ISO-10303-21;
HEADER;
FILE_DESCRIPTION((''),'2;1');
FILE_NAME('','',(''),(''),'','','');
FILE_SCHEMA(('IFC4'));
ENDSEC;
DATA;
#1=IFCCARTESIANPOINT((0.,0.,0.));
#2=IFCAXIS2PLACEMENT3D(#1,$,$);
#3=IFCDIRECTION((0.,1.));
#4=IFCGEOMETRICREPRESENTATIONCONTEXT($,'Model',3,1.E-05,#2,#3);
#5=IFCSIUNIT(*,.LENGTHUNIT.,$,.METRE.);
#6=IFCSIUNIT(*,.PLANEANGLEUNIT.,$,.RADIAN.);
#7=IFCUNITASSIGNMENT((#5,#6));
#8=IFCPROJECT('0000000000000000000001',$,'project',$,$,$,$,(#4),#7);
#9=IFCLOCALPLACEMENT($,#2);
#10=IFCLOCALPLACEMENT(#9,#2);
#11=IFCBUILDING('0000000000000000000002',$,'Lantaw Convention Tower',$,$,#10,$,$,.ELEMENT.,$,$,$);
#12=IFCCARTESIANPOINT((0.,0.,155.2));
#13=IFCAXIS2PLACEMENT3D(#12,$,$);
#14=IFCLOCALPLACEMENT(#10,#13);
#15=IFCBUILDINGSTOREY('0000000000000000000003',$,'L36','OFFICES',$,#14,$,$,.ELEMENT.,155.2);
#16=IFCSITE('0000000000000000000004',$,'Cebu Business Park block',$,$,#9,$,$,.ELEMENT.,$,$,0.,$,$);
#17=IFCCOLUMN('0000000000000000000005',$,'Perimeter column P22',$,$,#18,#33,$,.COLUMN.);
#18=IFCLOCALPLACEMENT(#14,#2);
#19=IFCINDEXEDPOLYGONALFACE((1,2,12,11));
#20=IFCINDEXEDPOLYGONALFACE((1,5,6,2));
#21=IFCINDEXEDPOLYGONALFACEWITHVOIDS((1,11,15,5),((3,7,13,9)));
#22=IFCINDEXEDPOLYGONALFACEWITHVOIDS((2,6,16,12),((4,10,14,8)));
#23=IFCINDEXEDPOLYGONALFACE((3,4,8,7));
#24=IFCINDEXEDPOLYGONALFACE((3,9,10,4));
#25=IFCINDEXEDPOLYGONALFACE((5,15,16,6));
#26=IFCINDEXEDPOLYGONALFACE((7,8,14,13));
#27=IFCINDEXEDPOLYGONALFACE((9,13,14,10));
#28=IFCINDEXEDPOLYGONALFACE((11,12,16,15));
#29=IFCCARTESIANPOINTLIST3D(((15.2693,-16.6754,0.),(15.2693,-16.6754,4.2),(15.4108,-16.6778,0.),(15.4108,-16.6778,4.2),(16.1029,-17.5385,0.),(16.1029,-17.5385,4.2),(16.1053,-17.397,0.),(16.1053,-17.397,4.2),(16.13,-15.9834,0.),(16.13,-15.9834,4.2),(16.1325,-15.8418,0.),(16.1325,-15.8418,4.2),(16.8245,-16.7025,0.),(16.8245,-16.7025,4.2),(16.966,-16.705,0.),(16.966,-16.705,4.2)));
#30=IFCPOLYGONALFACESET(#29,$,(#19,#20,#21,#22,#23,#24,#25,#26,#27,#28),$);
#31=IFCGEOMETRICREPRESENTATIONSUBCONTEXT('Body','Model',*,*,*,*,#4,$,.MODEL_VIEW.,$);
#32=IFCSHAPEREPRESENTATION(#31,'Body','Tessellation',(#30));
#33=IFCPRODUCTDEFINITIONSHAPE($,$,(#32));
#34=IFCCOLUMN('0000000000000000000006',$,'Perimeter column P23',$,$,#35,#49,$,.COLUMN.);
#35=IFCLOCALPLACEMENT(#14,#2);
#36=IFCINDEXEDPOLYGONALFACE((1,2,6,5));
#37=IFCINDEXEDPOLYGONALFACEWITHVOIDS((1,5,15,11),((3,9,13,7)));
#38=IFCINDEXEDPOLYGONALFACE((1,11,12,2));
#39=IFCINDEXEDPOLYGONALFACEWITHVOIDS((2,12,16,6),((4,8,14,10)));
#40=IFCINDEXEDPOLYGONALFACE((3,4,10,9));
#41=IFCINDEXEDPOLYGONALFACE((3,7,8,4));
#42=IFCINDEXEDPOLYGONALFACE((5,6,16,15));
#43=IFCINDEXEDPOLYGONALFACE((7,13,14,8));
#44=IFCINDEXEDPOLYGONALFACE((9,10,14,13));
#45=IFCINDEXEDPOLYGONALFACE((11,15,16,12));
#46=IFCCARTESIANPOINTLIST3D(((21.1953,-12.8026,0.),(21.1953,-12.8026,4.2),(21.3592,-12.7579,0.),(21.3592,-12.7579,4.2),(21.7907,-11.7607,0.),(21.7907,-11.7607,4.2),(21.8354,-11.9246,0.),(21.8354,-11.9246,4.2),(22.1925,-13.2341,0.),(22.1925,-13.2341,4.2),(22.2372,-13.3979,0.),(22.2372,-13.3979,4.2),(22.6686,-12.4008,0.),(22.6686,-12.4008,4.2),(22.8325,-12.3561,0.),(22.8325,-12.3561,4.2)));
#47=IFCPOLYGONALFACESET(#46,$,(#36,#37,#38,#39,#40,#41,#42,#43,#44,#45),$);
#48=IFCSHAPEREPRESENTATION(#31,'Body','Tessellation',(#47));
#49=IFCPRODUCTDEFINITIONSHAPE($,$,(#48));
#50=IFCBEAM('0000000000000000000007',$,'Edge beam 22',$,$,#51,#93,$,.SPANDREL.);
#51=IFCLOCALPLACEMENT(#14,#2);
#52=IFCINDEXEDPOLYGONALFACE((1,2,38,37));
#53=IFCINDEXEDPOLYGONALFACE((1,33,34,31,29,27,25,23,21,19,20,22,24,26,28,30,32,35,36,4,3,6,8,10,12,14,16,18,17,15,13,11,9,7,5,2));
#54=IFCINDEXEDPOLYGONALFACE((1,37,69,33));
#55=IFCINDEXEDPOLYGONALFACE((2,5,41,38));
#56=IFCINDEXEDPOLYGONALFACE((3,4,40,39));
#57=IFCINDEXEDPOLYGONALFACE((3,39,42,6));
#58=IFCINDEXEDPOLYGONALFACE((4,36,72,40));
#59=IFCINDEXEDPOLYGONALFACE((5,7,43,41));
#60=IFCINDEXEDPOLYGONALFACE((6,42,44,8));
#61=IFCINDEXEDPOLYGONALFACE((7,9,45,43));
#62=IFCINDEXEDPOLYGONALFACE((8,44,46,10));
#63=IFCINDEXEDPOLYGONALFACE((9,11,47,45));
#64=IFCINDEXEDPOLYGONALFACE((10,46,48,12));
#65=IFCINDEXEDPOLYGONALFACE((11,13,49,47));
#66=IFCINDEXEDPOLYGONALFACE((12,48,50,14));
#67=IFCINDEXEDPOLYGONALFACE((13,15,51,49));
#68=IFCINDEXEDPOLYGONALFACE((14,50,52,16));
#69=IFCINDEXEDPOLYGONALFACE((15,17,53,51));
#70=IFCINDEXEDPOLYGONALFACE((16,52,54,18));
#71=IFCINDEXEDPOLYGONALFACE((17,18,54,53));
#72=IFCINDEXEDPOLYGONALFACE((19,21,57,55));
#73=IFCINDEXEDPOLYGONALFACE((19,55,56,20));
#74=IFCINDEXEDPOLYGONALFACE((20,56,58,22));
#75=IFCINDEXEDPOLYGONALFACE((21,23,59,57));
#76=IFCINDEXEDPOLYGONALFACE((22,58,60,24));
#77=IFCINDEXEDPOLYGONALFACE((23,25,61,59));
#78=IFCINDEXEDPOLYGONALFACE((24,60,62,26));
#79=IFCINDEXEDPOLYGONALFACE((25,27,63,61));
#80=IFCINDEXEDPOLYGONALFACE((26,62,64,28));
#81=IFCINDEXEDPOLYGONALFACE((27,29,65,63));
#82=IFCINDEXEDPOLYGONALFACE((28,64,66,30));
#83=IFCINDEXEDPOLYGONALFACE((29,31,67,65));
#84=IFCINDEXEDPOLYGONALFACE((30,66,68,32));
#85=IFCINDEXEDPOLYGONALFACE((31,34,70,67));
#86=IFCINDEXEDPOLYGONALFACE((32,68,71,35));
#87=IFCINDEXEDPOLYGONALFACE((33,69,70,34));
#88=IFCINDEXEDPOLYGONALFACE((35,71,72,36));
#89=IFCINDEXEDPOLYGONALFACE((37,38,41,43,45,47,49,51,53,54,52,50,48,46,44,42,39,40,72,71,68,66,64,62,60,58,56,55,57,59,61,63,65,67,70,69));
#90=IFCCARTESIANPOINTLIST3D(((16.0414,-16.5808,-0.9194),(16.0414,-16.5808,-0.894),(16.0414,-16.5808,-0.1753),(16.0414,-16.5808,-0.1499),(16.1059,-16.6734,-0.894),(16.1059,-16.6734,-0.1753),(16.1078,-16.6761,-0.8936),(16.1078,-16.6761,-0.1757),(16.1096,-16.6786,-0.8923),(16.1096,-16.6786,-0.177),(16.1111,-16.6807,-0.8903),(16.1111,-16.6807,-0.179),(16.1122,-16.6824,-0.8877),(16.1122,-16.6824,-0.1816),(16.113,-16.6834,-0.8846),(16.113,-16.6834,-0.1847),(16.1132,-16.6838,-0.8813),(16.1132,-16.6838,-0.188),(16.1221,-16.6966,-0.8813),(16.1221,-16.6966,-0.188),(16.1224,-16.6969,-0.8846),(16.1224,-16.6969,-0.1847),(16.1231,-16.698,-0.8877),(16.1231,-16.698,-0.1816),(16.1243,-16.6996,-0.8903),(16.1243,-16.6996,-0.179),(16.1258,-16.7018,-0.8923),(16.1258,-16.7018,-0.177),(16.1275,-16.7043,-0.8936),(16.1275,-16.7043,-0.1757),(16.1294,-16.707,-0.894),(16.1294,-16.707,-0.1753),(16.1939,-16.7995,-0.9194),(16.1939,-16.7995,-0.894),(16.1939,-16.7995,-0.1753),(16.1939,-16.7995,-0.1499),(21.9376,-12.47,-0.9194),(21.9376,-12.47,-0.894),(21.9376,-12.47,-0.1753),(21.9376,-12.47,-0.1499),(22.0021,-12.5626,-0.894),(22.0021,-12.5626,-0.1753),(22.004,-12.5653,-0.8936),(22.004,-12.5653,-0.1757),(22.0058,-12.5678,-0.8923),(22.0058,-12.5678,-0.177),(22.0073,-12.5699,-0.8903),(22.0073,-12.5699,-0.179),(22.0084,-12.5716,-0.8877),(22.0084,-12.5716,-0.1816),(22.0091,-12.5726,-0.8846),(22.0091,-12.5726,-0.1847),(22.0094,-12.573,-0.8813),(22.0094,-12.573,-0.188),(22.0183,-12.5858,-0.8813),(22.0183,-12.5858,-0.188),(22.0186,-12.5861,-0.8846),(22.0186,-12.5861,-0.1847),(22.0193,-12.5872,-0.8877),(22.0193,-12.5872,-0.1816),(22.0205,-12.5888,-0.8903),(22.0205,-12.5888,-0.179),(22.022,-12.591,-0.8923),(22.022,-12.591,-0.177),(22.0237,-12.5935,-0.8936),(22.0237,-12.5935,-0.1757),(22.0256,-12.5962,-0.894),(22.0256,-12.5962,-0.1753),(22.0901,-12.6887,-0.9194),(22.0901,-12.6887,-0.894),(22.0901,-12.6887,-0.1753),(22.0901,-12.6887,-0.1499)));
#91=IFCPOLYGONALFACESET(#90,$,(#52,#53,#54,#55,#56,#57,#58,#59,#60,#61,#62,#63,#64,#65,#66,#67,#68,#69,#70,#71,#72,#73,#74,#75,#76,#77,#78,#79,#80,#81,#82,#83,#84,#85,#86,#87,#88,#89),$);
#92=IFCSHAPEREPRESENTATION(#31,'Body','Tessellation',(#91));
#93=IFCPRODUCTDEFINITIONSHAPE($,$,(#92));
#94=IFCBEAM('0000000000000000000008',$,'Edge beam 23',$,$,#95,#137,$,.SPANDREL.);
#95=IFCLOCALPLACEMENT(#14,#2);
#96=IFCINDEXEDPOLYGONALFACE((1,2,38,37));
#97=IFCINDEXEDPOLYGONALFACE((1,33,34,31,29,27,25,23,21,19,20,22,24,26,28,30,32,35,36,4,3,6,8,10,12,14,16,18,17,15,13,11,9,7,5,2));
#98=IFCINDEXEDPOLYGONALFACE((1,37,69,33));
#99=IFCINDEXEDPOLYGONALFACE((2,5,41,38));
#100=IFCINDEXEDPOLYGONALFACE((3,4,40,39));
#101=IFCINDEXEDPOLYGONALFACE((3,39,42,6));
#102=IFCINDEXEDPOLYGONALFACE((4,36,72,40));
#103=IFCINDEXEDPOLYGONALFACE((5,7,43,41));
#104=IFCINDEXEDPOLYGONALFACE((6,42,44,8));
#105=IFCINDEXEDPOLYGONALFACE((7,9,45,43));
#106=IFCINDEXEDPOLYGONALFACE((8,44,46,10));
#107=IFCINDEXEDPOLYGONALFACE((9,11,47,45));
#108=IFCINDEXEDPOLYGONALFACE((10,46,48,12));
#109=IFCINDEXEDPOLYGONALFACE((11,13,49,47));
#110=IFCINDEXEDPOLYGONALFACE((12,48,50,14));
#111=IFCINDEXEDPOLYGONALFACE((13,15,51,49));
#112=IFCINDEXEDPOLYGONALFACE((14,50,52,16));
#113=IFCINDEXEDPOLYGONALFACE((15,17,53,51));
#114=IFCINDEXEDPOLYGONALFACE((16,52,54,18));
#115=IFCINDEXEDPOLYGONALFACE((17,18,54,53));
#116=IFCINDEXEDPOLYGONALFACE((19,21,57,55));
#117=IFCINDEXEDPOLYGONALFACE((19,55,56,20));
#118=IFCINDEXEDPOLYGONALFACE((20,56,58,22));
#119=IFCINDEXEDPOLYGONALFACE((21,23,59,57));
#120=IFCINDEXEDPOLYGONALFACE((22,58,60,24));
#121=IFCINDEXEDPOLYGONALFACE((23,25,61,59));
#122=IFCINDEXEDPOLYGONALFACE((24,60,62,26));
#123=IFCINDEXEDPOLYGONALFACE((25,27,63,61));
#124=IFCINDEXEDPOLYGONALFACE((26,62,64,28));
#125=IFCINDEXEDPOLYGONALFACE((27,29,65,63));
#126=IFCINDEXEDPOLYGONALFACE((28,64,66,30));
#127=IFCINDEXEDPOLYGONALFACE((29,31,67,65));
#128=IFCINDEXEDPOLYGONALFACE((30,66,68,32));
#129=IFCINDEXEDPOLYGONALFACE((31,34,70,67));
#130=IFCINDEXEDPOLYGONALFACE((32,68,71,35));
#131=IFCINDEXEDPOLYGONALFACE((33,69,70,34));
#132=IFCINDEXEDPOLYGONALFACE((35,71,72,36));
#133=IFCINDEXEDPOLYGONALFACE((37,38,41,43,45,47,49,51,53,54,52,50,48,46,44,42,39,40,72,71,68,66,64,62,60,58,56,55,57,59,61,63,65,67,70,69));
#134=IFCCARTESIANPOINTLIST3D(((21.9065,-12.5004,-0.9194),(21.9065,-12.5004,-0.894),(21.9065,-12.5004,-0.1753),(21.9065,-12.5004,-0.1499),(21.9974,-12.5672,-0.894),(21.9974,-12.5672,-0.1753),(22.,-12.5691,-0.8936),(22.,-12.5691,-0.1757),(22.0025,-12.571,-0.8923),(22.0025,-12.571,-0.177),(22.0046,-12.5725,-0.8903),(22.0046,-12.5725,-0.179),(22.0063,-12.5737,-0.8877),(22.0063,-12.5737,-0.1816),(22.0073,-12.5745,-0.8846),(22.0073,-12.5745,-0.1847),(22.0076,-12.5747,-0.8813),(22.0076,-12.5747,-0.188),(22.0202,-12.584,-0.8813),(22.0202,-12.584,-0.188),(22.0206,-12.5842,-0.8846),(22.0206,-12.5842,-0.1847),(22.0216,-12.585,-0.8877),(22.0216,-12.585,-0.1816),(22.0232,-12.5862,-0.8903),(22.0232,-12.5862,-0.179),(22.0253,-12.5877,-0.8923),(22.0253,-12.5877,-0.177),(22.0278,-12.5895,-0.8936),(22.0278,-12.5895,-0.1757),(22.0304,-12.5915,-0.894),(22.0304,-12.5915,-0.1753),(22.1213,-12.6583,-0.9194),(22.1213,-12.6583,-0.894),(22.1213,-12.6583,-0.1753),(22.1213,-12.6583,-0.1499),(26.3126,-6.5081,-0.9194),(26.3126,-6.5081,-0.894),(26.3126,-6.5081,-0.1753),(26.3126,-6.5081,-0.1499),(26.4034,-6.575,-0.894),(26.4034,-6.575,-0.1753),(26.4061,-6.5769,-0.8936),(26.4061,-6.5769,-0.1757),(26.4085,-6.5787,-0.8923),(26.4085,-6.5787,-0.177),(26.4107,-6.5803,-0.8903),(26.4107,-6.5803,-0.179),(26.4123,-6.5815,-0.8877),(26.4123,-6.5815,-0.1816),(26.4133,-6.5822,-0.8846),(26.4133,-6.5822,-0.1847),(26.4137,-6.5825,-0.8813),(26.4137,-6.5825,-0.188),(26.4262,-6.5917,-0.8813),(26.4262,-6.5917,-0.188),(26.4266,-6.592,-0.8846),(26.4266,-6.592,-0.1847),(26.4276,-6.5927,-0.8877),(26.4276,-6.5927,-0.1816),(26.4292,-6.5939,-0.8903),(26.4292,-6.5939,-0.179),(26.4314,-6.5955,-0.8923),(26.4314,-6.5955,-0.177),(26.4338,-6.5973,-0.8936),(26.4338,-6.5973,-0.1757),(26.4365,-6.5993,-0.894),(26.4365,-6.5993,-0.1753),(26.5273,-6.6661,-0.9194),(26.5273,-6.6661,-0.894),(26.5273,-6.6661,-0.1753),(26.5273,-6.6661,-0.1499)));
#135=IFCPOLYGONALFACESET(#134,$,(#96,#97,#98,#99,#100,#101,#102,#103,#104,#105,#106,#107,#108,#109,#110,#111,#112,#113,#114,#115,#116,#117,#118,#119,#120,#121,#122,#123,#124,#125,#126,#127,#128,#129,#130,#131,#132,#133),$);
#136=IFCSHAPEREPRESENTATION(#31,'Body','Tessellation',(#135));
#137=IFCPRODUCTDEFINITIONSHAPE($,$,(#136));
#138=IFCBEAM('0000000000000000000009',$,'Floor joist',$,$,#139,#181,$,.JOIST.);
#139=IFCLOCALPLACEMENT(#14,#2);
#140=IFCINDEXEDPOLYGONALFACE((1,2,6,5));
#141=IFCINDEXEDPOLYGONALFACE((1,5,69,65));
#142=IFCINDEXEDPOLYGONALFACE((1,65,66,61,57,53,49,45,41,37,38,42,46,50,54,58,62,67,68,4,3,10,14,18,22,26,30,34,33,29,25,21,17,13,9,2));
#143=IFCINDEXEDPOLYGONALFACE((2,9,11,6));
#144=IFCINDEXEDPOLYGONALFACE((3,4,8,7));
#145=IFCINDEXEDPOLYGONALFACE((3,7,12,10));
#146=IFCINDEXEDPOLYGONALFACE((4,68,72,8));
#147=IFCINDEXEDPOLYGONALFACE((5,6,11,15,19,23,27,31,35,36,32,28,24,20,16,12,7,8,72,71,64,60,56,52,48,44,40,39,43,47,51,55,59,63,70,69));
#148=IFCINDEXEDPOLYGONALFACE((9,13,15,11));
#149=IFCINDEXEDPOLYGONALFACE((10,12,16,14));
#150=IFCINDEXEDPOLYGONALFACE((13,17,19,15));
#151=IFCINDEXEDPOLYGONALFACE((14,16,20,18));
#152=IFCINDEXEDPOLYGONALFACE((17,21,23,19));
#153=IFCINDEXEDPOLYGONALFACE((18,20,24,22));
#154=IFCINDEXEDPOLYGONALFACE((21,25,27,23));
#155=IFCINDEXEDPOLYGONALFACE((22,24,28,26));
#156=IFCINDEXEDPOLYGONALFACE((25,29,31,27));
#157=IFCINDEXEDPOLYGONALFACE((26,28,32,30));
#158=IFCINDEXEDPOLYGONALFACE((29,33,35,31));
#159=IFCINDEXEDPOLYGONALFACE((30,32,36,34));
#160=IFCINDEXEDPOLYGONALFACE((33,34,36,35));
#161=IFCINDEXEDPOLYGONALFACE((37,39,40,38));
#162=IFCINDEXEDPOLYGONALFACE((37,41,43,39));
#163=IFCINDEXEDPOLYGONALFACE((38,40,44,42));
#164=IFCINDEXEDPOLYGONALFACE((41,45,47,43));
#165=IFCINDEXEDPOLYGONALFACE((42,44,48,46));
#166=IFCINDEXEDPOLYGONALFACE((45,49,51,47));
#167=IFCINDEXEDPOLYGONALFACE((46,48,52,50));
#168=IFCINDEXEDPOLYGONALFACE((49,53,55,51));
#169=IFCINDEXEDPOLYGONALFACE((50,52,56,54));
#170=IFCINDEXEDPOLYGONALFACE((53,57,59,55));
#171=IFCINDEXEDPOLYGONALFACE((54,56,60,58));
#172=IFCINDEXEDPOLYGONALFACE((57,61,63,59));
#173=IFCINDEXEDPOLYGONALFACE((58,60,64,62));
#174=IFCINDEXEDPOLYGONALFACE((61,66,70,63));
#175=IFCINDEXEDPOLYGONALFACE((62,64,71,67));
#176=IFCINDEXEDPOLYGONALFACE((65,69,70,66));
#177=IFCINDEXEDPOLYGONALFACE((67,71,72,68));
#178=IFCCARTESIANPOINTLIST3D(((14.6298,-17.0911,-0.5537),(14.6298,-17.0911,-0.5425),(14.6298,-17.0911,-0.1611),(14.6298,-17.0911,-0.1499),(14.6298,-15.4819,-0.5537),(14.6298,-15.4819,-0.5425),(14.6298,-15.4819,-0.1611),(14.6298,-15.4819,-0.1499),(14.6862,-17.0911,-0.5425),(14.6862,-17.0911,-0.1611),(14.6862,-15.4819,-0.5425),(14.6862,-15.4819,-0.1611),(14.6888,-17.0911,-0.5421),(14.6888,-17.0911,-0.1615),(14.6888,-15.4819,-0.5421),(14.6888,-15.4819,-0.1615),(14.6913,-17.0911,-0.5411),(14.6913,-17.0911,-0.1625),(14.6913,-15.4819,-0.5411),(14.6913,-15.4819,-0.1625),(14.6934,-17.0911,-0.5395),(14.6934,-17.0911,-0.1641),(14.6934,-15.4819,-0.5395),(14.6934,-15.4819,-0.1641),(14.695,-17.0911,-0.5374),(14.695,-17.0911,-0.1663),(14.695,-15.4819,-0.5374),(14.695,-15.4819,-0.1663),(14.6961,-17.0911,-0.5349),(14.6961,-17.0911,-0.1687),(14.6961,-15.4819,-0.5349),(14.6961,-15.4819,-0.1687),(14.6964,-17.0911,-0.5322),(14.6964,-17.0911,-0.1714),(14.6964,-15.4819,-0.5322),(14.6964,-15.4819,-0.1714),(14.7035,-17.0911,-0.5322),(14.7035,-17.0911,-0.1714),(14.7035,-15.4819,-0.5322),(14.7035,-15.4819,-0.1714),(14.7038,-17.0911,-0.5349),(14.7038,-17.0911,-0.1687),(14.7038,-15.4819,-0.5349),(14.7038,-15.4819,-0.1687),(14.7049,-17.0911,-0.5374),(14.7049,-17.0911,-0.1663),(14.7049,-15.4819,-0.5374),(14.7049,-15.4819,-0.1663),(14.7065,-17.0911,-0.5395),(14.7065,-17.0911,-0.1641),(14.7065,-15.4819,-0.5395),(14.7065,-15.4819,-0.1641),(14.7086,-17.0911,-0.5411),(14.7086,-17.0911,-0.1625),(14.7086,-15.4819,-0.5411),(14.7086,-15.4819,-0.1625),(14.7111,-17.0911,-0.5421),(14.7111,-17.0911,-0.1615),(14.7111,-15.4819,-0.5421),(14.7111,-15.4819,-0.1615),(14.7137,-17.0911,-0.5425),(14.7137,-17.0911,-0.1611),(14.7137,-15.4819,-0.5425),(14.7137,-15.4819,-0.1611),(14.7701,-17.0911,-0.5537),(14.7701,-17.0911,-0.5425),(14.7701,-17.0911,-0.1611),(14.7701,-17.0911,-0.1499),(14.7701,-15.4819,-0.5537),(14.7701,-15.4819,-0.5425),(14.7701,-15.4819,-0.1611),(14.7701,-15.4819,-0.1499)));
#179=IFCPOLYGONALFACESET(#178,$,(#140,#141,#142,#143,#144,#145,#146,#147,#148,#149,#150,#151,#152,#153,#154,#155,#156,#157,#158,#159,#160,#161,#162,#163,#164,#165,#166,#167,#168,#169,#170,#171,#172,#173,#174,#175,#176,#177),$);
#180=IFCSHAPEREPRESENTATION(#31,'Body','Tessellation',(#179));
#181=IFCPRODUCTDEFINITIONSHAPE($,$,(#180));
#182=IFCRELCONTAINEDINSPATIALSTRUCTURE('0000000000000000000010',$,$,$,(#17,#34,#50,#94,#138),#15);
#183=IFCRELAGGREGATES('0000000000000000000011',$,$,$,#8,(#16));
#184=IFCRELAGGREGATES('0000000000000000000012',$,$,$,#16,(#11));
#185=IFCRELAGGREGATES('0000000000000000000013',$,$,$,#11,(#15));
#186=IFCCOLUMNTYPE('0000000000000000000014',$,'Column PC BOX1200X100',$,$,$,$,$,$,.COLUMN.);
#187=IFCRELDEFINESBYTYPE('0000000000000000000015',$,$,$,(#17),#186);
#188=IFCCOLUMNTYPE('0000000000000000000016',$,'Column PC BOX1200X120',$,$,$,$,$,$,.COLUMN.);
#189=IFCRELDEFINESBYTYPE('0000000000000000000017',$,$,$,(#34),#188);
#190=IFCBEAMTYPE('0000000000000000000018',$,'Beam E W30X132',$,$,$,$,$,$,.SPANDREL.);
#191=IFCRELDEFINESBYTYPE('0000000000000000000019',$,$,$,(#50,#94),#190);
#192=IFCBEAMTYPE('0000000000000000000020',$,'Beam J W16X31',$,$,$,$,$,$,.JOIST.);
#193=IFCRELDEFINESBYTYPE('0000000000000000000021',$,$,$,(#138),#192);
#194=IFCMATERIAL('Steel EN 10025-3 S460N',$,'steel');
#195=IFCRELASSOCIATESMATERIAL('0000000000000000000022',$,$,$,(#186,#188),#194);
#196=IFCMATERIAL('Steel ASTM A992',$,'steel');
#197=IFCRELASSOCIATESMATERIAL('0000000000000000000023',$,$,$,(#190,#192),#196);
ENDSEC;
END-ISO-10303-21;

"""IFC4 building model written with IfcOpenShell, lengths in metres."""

from ifc_helpers import new_model, si_unit, direction, frame, origin, origin_2d, place, context, subcontext, project, spatial, rectangle, hollow_rectangle, i_section, extrude, material, material_profile, profile_set, type_object, element, save


model = new_model("IFC4")

# Units and contexts
model_context = context("Model", 3, precision=1e-05, world=origin(), true_north=direction((0.0, 1.0)))
body_context = subcontext(model_context, "Body", "Model", "MODEL_VIEW")
ifc_project = project(units=[si_unit("LENGTHUNIT", "METRE"), si_unit("PLANEANGLEUNIT", "RADIAN")], contexts=[model_context])

# Site, building, storey
site_placement = place(None, origin())
site = spatial("IfcSite", under=ifc_project, at=site_placement, Name="Cebu Business Park block", CompositionType="ELEMENT", RefElevation=0.0)
building_placement = place(site_placement, origin())
building = spatial("IfcBuilding", under=site, at=building_placement, Name="Lantaw Convention Tower", CompositionType="ELEMENT")
storey_placement = place(building_placement, frame((0.0, 0.0, 155.2)))
storey = spatial("IfcBuildingStorey", under=building, at=storey_placement, Name="L36", Description="OFFICES", CompositionType="ELEMENT", Elevation=155.2)

# Columns
ifc_material_1 = material(Name="Steel EN 10025-3 S460N", Category="steel")
ifc_material_profile_1 = material_profile(ifc_material_1, hollow_rectangle(XDim=1.2, YDim=1.2, WallThickness=0.1001, at=origin_2d()), Name="BOX1200X100")
ifc_material_2 = material(Name="Concrete C60/75", Category="concrete")
ifc_material_profile_2 = material_profile(ifc_material_2, rectangle(XDim=1.0, YDim=1.0, at=origin_2d()), Name="Concrete fill of BOX1200X100")
ifc_profile_set_1 = profile_set([ifc_material_profile_1, ifc_material_profile_2], Name="Steel EN 10025-3 S460N")
column_type_1 = type_object("IfcColumnType", Name="Column PC BOX1200X100", PredefinedType="COLUMN", material=ifc_profile_set_1)
column_1_placement = place(storey_placement, frame((16.1177, -16.6902, 0.0), z_axis=(0.0, 0.0, 1.0), x_axis=(0.71934, 0.694658, 0.0)))
element("IfcColumn", 1, at=column_1_placement, inside=storey, type_object=column_type_1, Name="Perimeter column P22", PredefinedType="COLUMN", context=body_context, shape_type="SweptSolid", body=[
    extrude(hollow_rectangle(XDim=1.2, YDim=1.2, WallThickness=0.1001, at=origin_2d()), origin(), (0.0, 0.0, 1.0), 4.2),
])
ifc_material_profile_3 = material_profile(ifc_material_1, hollow_rectangle(XDim=1.2, YDim=1.2, WallThickness=0.1201, at=origin_2d()), Name="BOX1200X120")
ifc_material_profile_4 = material_profile(ifc_material_2, rectangle(XDim=0.96, YDim=0.96, at=origin_2d()), Name="Concrete fill of BOX1200X120")
ifc_profile_set_2 = profile_set([ifc_material_profile_3, ifc_material_profile_4], Name="Steel EN 10025-3 S460N")
column_type_2 = type_object("IfcColumnType", Name="Column PC BOX1200X120", PredefinedType="COLUMN", material=ifc_profile_set_2)
column_2_placement = place(storey_placement, frame((22.0139, -12.5793, 0.0), z_axis=(0.0, 0.0, 1.0), x_axis=(0.496139, 0.868243, 0.0)))
element("IfcColumn", 2, at=column_2_placement, inside=storey, type_object=column_type_2, Name="Perimeter column P23", PredefinedType="COLUMN", context=body_context, shape_type="SweptSolid", body=[
    extrude(hollow_rectangle(XDim=1.2, YDim=1.2, WallThickness=0.1201, at=origin_2d()), origin(), (0.0, 0.0, 1.0), 4.2),
])

# Beams
ifc_material_3 = material(Name="Steel ASTM A992", Category="steel")
ifc_material_profile_5 = material_profile(ifc_material_3, i_section(OverallWidth=0.2666, OverallDepth=0.7695, WebThickness=0.0156, FlangeThickness=0.0254, FilletRadius=0.0127, at=origin_2d()), Name="W30X132")
ifc_profile_set_3 = profile_set([ifc_material_profile_5], Name="Steel ASTM A992")
beam_type_1 = type_object("IfcBeamType", Name="Beam E W30X132", PredefinedType="SPANDREL", material=ifc_profile_set_3)
beam_1_placement = place(storey_placement, frame((16.1177, -16.6902, -0.5347), z_axis=(0.820311, 0.571918, 0.0), x_axis=(-0.571918, 0.820311, 0.0)))
element("IfcBeam", 3, at=beam_1_placement, inside=storey, type_object=beam_type_1, Name="Edge beam 22", PredefinedType="SPANDREL", context=body_context, shape_type="SweptSolid", body=[
    extrude(i_section(OverallWidth=0.2666, OverallDepth=0.7695, WebThickness=0.0156, FlangeThickness=0.0254, FilletRadius=0.0127, at=origin_2d()), origin(), (0.0, 0.0, 1.0), 7.1877),
])
beam_2_placement = place(storey_placement, frame((22.0139, -12.5793, -0.5347), z_axis=(0.592389, 0.805652, 0.0), x_axis=(-0.805652, 0.592389, 0.0)))
element("IfcBeam", 4, at=beam_2_placement, inside=storey, type_object=beam_type_1, Name="Edge beam 23", PredefinedType="SPANDREL", context=body_context, shape_type="SweptSolid", body=[
    extrude(i_section(OverallWidth=0.2666, OverallDepth=0.7695, WebThickness=0.0156, FlangeThickness=0.0254, FilletRadius=0.0127, at=origin_2d()), origin(), (0.0, 0.0, 1.0), 7.4377),
])
ifc_material_profile_6 = material_profile(ifc_material_3, i_section(OverallWidth=0.1404, OverallDepth=0.4038, WebThickness=0.0071, FlangeThickness=0.0112, FilletRadius=0.0103, at=origin_2d()), Name="W16X31")
ifc_profile_set_4 = profile_set([ifc_material_profile_6], Name="Steel ASTM A992")
beam_type_2 = type_object("IfcBeamType", Name="Beam J W16X31", PredefinedType="JOIST", material=ifc_profile_set_4)
beam_3_placement = place(storey_placement, frame((14.7, -17.0911, -0.3518), z_axis=(0.0, 1.0, 0.0), x_axis=(-1.0, 0.0, 0.0)))
element("IfcBeam", 5, at=beam_3_placement, inside=storey, type_object=beam_type_2, Name="Floor joist", PredefinedType="JOIST", context=body_context, shape_type="SweptSolid", body=[
    extrude(i_section(OverallWidth=0.1404, OverallDepth=0.4038, WebThickness=0.0071, FlangeThickness=0.0112, FilletRadius=0.0103, at=origin_2d()), origin(), (0.0, 0.0, 1.0), 1.6091),
])

save(model, "model.ifc")
